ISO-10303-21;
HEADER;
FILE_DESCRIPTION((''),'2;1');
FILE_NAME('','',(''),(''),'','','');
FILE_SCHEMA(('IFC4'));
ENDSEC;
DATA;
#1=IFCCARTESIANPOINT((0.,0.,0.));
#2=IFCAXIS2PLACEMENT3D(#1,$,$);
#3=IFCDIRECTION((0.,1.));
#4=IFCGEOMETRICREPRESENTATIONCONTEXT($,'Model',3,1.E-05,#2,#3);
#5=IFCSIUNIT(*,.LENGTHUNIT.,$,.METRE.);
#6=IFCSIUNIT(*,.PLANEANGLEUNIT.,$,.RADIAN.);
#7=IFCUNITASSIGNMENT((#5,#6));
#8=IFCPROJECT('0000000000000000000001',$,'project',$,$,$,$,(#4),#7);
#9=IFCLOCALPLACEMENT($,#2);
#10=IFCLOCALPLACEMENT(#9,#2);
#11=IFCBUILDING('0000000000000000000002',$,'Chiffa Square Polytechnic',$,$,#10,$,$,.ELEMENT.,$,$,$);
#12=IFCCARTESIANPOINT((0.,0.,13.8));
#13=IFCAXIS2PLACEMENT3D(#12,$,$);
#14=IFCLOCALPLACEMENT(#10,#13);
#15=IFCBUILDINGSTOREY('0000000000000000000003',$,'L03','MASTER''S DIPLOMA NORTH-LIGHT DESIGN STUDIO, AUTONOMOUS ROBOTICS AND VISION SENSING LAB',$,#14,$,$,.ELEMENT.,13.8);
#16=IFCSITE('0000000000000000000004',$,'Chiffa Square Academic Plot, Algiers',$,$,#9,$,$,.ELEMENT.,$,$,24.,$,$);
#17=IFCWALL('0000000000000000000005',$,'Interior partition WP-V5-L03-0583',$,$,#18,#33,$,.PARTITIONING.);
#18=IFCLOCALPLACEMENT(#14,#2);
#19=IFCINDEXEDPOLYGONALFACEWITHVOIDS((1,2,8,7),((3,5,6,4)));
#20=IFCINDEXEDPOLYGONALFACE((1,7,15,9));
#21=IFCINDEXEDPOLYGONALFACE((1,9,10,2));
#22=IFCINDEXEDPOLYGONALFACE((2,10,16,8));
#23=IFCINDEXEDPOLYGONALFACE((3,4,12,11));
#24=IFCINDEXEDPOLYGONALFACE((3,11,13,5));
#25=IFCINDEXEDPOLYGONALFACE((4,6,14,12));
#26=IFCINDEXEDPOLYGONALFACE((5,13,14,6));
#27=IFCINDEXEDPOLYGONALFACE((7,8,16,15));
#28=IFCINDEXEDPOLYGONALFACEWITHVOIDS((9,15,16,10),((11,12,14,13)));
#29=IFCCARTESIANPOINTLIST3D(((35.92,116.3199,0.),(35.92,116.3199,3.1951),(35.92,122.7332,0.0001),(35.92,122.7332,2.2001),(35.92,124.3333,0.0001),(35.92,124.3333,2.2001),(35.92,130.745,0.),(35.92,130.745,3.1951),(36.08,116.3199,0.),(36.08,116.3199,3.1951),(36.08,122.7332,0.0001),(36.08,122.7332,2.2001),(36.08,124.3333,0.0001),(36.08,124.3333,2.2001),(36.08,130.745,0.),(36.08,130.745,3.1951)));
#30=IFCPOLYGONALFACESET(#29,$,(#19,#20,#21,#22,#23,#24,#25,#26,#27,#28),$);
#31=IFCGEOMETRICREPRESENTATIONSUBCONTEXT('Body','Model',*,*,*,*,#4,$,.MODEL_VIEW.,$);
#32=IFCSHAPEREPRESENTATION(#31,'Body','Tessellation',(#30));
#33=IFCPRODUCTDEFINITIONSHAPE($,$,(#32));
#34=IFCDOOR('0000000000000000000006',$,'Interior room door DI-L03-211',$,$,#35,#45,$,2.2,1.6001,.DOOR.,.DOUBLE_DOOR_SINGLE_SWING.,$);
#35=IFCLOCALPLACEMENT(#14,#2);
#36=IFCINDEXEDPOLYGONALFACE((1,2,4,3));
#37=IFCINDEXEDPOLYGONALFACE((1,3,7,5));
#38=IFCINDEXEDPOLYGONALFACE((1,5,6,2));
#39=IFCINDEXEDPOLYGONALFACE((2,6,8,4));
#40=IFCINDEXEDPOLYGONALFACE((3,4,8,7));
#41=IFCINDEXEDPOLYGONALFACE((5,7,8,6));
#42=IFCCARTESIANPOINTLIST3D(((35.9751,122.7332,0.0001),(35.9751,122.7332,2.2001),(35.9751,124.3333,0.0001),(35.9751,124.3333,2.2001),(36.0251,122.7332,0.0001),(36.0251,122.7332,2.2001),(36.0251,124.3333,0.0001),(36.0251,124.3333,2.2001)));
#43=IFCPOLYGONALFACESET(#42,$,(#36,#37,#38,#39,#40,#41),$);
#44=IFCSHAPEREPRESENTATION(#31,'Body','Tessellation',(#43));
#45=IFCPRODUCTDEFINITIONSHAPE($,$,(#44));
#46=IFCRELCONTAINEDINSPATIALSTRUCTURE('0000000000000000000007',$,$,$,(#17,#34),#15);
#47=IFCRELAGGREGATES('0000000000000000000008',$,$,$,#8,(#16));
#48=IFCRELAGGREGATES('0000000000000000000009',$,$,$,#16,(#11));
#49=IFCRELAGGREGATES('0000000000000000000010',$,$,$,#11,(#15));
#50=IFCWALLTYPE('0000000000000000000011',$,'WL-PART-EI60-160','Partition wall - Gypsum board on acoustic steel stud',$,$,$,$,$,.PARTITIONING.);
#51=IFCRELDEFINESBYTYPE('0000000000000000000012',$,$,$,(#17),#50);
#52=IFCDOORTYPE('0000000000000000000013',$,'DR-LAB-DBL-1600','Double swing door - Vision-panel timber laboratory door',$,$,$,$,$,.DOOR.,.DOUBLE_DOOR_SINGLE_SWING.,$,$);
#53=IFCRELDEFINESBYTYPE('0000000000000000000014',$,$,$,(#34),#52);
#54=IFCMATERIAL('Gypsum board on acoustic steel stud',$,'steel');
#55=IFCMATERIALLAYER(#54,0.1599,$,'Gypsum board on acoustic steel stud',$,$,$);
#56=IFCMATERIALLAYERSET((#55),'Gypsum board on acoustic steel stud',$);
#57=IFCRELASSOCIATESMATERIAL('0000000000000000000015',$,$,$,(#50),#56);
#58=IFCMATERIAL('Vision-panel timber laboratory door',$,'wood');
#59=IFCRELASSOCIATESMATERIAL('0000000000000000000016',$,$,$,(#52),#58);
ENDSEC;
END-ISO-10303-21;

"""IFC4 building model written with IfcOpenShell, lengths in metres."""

from ifc_helpers import new_model, si_unit, direction, frame, frame_2d, origin, place, context, subcontext, project, spatial, rectangle, extrude, material, layer, layer_set, type_object, element, fill, save


model = new_model("IFC4")

# Units and contexts
model_context = context("Model", 3, precision=1e-05, world=origin(), true_north=direction((0.0, 1.0)))
body_context = subcontext(model_context, "Body", "Model", "MODEL_VIEW")
ifc_project = project(units=[si_unit("LENGTHUNIT", "METRE"), si_unit("PLANEANGLEUNIT", "RADIAN")], contexts=[model_context])

# Site, building, storey
site_placement = place(None, origin())
site = spatial("IfcSite", under=ifc_project, at=site_placement, Name="Chiffa Square Academic Plot, Algiers", CompositionType="ELEMENT", RefElevation=24.0)
building_placement = place(site_placement, origin())
building = spatial("IfcBuilding", under=site, at=building_placement, Name="Chiffa Square Polytechnic", CompositionType="ELEMENT")
storey_placement = place(building_placement, frame((0.0, 0.0, 13.8)))
storey = spatial("IfcBuildingStorey", under=building, at=storey_placement, Name="L03", Description="MASTER'S DIPLOMA NORTH-LIGHT DESIGN STUDIO, AUTONOMOUS ROBOTICS AND VISION SENSING LAB", CompositionType="ELEMENT", Elevation=13.8)

# Shared definitions
ifc_material_1 = material(Name="Gypsum board on acoustic steel stud", Category="steel")
ifc_layer_1 = layer(ifc_material_1, 0.1599, Name="Gypsum board on acoustic steel stud")
ifc_layer_set_1 = layer_set([ifc_layer_1], Name="Gypsum board on acoustic steel stud")
wall_type_1 = type_object("IfcWallType", Name="WL-PART-EI60-160", Description="Partition wall - Gypsum board on acoustic steel stud", PredefinedType="PARTITIONING", material=ifc_layer_set_1)

# Wall, opening, door
wall_1_placement = place(storey_placement, frame((36.0, 116.3201, 0.0), z_axis=(0.0, 0.0, 1.0), x_axis=(0.0, 1.0, 0.0)))
wall_1 = element("IfcWall", 1, at=wall_1_placement, inside=storey, type_object=wall_type_1, Name="Interior partition WP-V5-L03-0583", PredefinedType="PARTITIONING", context=body_context, shape_type="SweptSolid", body=[
    extrude(rectangle(XDim=14.425, YDim=0.1599, at=frame_2d((7.2124, 0.0))), origin(), (0.0, 0.0, 1.0), 3.1951),
])
opening_1_placement = place(wall_1_placement, frame((6.4131, 0.0, 0.0)))
opening_1 = element("IfcOpeningElement", 2, at=opening_1_placement, cuts=wall_1, PredefinedType="OPENING", context=body_context, shape_type="SweptSolid", body=[
    extrude(rectangle(XDim=1.6001, YDim=2.2, at=frame_2d((0.8, 1.1001))), frame((0.0, 0.0898, 0.0), z_axis=(0.0, -1.0, 0.0), x_axis=(1.0, 0.0, 0.0)), (0.0, 0.0, 1.0), 0.1799),
])
ifc_material_2 = material(Name="Vision-panel timber laboratory door", Category="wood")
door_type_1 = type_object("IfcDoorType", Name="DR-LAB-DBL-1600", Description="Double swing door - Vision-panel timber laboratory door", OperationType="DOUBLE_DOOR_SINGLE_SWING", PredefinedType="DOOR", material=ifc_material_2)
door_1_placement = place(opening_1_placement, origin())
door_1 = element("IfcDoor", 3, at=door_1_placement, inside=storey, type_object=door_type_1, Name="Interior room door DI-L03-211", OperationType="DOUBLE_DOOR_SINGLE_SWING", OverallHeight=2.2, OverallWidth=1.6001, PredefinedType="DOOR", context=body_context, shape_type="SweptSolid", body=[
    extrude(rectangle(XDim=1.6001, YDim=2.2, at=frame_2d((0.8, 1.1001))), frame((0.0, 0.0249, 0.0), z_axis=(0.0, -1.0, 0.0), x_axis=(1.0, 0.0, 0.0)), (0.0, 0.0, 1.0), 0.05),
])
fill(opening_1, door_1)

save(model, "model.ifc")
